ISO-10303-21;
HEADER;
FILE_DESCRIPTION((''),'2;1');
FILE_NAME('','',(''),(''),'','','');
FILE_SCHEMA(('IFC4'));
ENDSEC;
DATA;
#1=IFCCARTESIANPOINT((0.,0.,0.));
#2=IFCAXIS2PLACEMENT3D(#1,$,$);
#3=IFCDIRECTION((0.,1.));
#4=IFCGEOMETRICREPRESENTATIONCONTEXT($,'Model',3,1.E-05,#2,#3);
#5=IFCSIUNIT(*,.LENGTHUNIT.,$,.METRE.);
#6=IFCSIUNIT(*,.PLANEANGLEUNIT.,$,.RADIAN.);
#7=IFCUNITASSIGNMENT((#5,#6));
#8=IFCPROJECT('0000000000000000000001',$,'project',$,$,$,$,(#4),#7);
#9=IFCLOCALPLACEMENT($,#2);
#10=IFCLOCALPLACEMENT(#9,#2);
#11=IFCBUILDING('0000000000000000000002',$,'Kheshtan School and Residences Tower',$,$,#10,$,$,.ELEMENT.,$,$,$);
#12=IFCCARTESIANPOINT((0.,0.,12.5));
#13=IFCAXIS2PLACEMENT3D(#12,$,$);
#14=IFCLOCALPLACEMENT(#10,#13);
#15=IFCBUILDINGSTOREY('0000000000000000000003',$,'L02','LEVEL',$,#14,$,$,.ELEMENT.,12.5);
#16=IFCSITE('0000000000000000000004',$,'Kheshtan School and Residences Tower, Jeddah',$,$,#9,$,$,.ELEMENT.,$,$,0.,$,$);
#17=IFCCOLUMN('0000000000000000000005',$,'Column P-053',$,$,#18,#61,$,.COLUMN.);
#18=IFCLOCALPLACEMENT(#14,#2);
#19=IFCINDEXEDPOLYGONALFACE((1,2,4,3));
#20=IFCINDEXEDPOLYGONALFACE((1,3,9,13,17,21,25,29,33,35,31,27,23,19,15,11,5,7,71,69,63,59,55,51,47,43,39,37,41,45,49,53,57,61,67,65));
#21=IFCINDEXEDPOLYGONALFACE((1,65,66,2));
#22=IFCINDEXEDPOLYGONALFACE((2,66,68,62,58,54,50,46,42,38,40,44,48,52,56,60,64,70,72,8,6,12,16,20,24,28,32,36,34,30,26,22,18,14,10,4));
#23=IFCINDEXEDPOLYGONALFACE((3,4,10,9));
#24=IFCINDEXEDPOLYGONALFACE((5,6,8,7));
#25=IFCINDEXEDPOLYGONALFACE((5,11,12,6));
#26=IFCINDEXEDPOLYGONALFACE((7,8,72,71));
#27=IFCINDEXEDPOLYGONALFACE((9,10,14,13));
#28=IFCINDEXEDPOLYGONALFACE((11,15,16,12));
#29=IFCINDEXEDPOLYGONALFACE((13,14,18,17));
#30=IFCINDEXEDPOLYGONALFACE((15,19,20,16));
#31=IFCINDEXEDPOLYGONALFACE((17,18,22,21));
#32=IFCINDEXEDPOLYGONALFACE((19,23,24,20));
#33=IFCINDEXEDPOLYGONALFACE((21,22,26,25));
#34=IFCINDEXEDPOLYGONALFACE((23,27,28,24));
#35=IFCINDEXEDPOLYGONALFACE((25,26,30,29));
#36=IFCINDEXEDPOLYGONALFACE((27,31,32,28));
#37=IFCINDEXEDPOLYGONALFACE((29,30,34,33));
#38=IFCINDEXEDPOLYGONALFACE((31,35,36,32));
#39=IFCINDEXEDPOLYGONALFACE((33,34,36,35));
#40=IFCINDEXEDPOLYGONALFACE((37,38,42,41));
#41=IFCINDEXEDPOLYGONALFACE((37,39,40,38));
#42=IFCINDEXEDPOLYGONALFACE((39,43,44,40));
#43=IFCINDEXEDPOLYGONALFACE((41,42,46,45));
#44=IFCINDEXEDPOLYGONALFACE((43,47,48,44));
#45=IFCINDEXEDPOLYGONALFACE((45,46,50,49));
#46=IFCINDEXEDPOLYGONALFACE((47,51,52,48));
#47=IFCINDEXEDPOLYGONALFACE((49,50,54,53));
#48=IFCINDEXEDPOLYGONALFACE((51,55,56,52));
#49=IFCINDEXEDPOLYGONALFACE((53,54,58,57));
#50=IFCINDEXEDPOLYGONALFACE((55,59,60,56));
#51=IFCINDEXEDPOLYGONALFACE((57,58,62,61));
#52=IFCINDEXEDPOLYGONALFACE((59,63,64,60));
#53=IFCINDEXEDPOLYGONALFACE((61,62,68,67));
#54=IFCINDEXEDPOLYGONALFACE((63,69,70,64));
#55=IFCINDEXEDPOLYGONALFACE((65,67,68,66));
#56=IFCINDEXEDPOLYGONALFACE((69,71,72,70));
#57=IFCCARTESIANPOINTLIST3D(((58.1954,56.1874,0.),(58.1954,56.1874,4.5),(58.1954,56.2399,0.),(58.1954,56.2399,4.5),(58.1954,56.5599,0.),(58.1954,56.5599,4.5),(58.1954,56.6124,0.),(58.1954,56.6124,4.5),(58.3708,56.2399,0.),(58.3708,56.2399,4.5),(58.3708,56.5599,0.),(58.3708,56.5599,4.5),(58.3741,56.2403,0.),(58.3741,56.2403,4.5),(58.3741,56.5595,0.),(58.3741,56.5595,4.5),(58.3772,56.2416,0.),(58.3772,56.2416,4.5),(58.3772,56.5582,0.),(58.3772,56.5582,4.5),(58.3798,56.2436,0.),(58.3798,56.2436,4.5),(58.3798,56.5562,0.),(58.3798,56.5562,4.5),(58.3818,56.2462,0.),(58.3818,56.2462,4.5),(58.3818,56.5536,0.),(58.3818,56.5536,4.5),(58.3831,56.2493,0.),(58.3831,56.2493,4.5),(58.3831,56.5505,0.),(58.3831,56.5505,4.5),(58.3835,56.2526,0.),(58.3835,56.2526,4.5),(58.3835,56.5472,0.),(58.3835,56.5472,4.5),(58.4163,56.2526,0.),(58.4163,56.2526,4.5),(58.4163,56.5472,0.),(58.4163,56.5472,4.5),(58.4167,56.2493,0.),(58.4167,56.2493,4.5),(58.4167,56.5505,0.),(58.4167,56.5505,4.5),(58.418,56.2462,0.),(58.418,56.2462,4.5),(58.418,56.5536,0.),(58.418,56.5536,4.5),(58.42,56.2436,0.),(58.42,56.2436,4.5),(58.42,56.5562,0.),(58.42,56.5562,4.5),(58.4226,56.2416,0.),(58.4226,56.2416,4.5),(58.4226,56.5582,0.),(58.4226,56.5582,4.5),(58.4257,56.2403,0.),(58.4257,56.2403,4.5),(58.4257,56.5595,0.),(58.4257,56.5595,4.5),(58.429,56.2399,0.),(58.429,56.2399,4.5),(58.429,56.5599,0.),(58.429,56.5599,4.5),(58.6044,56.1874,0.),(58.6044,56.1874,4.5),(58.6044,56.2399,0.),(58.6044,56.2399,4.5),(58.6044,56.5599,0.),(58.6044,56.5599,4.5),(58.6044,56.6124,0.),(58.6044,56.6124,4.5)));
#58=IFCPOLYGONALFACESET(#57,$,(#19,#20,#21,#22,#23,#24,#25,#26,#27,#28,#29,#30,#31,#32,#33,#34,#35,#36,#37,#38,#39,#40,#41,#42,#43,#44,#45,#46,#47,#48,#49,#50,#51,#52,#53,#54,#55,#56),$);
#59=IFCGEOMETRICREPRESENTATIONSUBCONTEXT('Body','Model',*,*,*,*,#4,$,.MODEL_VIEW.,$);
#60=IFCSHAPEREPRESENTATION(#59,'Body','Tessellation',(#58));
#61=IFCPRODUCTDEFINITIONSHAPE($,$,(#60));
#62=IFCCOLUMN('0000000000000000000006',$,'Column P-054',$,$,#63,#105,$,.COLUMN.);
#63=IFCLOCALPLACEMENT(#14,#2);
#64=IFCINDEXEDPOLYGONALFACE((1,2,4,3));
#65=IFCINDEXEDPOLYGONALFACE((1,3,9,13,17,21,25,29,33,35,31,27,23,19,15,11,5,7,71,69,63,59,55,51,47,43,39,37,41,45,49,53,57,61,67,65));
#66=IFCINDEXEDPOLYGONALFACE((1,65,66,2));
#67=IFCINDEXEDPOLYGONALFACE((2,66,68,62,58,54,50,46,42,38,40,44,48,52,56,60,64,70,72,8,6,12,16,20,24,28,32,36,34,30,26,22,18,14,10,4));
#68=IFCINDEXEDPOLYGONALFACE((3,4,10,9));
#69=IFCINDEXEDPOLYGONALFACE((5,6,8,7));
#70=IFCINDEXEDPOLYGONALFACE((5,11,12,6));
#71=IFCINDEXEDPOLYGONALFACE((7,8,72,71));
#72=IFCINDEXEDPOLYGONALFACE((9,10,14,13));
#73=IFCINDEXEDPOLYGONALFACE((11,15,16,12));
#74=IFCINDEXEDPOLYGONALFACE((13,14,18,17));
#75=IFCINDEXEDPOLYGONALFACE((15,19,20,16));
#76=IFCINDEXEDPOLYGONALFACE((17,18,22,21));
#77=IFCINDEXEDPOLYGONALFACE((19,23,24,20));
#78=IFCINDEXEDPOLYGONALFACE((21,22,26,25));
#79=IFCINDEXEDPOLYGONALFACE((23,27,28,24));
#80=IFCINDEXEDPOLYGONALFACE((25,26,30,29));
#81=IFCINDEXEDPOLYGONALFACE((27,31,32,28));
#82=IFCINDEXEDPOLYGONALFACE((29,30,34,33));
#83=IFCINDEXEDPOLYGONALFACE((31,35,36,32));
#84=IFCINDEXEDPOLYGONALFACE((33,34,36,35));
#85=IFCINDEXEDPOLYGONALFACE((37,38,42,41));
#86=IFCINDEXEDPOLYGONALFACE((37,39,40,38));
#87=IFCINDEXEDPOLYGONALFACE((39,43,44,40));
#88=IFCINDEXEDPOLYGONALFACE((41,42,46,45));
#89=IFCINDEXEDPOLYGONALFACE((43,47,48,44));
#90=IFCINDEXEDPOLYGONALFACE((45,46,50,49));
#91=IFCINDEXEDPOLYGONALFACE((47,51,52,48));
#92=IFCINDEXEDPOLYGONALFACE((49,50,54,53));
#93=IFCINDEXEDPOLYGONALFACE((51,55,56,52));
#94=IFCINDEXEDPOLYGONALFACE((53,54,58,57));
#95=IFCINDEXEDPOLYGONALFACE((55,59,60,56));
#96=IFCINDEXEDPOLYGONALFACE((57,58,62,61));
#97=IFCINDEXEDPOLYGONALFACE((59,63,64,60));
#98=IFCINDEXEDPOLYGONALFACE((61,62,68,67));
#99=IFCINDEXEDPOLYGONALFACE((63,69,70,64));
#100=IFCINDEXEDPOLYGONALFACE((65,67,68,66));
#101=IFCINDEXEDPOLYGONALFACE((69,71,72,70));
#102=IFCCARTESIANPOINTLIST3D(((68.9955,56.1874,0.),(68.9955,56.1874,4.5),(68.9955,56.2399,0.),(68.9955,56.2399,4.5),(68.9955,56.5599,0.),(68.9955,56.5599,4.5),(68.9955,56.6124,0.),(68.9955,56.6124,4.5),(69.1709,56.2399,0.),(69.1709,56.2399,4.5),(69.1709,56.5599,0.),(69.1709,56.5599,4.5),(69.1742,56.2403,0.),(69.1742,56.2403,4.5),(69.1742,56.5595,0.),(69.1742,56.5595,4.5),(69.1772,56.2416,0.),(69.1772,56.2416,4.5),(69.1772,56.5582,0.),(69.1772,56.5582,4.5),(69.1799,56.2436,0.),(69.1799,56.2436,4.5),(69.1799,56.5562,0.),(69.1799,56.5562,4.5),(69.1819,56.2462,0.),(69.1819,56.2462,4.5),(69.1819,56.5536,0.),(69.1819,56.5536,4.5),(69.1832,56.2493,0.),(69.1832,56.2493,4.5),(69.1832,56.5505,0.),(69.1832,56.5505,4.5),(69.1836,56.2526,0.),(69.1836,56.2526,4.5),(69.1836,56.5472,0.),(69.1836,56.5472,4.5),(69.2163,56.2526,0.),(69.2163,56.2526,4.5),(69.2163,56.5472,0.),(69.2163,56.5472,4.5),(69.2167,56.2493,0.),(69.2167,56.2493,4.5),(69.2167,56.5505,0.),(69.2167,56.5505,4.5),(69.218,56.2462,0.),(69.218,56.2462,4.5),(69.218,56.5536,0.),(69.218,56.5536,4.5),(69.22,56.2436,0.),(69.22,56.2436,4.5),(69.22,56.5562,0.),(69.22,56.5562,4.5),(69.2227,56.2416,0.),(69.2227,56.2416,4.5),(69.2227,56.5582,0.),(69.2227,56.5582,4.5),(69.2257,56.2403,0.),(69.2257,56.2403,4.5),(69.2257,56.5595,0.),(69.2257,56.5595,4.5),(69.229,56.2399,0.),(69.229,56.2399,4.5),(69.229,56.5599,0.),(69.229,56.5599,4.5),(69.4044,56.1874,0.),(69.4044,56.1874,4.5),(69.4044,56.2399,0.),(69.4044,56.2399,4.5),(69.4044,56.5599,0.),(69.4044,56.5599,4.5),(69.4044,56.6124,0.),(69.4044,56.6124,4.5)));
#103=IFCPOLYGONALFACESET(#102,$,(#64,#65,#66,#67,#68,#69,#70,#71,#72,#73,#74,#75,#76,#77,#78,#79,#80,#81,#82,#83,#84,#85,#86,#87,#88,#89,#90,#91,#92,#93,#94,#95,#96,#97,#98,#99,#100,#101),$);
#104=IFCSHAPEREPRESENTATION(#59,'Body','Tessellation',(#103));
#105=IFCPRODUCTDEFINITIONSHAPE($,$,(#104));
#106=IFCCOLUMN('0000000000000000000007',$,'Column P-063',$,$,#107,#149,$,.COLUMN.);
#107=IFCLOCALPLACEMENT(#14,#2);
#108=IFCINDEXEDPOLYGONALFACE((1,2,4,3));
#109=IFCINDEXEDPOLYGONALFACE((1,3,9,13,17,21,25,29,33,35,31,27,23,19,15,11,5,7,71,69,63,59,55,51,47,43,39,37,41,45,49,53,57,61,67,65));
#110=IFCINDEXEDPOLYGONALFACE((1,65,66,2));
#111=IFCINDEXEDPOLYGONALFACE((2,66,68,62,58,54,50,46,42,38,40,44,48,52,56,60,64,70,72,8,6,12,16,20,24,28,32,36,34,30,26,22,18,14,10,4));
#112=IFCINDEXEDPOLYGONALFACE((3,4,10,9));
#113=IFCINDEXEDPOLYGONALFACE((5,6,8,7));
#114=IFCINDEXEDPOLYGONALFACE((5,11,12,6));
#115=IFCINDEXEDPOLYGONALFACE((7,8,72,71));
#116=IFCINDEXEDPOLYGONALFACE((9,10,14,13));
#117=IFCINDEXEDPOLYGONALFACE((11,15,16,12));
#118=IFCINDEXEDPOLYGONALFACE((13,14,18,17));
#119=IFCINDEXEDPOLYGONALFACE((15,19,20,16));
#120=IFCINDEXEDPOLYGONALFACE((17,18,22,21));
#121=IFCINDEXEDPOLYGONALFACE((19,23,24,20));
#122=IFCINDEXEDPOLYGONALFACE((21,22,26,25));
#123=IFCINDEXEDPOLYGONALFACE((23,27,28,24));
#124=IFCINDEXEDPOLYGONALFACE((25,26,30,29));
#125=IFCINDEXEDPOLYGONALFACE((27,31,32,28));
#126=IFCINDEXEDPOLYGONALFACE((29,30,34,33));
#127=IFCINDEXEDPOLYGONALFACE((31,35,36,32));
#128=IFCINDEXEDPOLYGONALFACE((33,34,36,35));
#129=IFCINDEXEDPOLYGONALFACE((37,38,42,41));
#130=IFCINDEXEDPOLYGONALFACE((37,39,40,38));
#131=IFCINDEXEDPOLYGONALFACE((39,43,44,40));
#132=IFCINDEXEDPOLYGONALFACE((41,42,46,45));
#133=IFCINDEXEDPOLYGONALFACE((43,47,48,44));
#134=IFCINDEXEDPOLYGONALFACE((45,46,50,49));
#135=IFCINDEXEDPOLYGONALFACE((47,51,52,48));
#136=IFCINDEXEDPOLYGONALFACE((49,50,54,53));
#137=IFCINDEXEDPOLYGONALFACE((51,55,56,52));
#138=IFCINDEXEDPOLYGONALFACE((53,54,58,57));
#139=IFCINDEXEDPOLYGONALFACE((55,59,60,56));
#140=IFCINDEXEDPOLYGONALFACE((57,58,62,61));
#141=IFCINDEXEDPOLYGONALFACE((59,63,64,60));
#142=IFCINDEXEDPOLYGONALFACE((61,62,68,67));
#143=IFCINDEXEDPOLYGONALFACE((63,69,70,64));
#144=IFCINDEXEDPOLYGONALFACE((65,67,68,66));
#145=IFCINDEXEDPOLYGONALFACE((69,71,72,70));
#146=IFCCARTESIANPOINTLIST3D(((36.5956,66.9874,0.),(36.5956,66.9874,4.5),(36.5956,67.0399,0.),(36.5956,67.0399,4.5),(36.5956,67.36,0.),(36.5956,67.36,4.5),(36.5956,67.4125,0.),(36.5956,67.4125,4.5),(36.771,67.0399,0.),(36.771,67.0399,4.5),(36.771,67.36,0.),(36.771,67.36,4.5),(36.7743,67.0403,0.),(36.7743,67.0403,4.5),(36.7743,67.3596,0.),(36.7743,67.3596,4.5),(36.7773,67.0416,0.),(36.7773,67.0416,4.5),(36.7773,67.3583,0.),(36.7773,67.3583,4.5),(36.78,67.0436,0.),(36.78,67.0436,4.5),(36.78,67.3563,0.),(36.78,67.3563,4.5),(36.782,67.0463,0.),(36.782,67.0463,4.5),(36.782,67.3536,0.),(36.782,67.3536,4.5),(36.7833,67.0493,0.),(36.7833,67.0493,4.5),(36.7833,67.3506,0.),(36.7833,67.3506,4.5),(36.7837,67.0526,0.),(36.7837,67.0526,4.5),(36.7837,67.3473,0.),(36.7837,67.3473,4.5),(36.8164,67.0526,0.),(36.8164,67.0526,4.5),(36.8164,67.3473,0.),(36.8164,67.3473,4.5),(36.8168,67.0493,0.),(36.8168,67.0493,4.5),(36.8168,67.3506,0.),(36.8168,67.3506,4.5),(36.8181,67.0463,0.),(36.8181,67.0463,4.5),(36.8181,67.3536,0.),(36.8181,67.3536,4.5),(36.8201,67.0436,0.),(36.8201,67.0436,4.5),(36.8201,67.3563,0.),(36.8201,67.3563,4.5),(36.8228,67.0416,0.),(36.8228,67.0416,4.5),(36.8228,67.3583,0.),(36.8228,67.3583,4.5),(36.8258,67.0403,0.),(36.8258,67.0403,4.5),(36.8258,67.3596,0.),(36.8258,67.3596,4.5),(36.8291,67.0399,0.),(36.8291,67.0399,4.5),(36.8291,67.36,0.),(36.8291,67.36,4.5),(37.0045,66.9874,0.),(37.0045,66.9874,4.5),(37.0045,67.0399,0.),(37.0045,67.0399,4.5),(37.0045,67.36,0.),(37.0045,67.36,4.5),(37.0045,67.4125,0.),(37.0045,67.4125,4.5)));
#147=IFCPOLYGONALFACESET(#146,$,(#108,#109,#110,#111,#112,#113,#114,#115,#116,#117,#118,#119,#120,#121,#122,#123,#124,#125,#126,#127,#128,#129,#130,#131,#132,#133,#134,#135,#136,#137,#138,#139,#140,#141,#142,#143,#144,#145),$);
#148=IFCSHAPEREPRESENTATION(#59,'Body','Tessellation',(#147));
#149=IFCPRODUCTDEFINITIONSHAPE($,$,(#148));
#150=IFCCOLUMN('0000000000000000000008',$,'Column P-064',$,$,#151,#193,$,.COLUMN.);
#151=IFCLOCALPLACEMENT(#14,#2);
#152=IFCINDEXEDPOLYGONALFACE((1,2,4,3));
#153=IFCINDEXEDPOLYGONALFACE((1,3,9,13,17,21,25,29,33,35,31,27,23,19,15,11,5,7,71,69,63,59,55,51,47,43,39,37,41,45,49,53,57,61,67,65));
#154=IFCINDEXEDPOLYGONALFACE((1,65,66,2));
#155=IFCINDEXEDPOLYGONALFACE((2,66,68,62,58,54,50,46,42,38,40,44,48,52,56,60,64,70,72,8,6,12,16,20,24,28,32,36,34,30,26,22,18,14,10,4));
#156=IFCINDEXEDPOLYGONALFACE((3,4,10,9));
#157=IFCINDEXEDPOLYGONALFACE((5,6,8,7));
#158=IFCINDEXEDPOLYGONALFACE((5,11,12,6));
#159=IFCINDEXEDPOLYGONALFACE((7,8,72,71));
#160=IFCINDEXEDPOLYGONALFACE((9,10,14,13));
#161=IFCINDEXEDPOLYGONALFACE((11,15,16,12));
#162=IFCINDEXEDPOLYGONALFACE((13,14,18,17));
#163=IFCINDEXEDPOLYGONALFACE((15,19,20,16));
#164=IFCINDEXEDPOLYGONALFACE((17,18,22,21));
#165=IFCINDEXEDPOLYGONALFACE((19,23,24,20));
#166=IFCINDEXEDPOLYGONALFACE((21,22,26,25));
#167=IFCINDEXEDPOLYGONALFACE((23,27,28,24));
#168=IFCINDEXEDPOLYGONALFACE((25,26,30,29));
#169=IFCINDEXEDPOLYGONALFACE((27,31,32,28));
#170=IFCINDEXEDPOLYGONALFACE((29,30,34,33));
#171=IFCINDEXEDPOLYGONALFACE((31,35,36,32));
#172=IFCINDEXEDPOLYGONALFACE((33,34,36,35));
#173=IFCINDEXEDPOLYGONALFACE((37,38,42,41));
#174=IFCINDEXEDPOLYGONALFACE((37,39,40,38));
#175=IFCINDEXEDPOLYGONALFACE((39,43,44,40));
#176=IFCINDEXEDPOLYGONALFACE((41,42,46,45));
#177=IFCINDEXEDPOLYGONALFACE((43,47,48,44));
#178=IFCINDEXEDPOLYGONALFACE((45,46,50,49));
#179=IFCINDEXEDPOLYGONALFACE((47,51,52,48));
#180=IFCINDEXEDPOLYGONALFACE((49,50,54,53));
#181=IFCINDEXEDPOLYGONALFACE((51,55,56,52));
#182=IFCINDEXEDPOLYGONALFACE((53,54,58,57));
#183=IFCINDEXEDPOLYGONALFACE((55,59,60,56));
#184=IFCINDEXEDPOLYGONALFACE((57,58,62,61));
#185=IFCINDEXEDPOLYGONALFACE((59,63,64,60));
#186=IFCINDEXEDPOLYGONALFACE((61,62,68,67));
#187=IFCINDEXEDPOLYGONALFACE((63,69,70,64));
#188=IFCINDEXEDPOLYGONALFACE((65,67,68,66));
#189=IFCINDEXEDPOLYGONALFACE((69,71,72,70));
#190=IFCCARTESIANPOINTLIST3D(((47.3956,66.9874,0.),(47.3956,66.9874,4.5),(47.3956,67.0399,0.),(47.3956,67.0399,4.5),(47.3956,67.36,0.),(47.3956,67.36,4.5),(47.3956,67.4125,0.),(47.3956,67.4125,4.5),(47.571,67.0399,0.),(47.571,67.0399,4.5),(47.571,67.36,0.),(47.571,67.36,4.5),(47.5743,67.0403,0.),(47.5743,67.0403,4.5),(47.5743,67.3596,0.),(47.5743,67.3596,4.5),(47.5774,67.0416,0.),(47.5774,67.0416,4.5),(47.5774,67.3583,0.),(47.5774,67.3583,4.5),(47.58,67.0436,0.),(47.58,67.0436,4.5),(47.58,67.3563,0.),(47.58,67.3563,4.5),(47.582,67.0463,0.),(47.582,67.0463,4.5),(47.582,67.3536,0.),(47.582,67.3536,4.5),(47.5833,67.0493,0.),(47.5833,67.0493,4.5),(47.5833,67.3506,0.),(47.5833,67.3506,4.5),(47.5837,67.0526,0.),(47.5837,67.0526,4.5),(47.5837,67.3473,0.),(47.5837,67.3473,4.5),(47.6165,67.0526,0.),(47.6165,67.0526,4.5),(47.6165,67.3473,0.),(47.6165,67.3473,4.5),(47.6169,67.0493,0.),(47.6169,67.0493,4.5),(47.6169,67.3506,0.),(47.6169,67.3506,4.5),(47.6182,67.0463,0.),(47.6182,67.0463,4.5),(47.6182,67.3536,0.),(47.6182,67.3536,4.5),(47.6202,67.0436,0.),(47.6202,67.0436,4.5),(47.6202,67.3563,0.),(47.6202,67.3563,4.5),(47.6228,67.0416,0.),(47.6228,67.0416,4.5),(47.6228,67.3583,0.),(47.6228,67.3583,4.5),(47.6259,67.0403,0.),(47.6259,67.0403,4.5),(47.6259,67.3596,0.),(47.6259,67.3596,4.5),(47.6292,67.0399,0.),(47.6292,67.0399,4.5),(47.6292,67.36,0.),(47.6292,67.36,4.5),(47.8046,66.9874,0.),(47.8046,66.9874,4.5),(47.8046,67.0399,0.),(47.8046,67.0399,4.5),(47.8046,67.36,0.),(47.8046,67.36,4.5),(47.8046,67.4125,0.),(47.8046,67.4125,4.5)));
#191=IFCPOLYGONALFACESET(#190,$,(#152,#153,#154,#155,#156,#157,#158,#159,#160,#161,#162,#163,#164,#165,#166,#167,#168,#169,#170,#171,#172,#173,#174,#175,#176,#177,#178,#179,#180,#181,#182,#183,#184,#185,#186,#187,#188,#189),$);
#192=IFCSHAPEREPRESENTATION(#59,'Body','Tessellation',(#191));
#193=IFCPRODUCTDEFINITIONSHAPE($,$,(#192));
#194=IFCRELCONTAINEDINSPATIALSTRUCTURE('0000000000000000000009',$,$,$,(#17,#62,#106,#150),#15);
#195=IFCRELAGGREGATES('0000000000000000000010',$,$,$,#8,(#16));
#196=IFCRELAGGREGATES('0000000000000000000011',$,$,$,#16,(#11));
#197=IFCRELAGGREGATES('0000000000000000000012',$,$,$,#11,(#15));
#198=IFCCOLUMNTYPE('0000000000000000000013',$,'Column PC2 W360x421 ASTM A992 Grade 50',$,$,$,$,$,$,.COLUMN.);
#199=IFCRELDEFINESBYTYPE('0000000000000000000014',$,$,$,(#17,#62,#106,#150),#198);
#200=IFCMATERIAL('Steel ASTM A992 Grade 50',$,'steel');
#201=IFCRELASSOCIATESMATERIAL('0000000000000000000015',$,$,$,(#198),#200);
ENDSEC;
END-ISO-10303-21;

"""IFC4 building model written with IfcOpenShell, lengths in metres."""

from ifc_helpers import new_model, si_unit, direction, frame, origin, origin_2d, place, context, subcontext, project, spatial, i_section, extrude, material, material_profile, profile_set, type_object, element, save


model = new_model("IFC4")

# Units and contexts
model_context = context("Model", 3, precision=1e-05, world=origin(), true_north=direction((0.0, 1.0)))
body_context = subcontext(model_context, "Body", "Model", "MODEL_VIEW")
ifc_project = project(units=[si_unit("LENGTHUNIT", "METRE"), si_unit("PLANEANGLEUNIT", "RADIAN")], contexts=[model_context])

# Site, building, storey
site_placement = place(None, origin())
site = spatial("IfcSite", under=ifc_project, at=site_placement, Name="Kheshtan School and Residences Tower, Jeddah", CompositionType="ELEMENT", RefElevation=0.0)
building_placement = place(site_placement, origin())
building = spatial("IfcBuilding", under=site, at=building_placement, Name="Kheshtan School and Residences Tower", CompositionType="ELEMENT")
storey_placement = place(building_placement, frame((0.0, 0.0, 12.5)))
storey = spatial("IfcBuildingStorey", under=building, at=storey_placement, Name="L02", Description="LEVEL", CompositionType="ELEMENT", Elevation=12.5)

# Columns
ifc_material_1 = material(Name="Steel ASTM A992 Grade 50", Category="steel")
ifc_material_profile = material_profile(ifc_material_1, i_section(OverallWidth=0.4089, OverallDepth=0.425, WebThickness=0.0327, FlangeThickness=0.0525, FilletRadius=0.0127, at=origin_2d()), Name="W360x421")
ifc_profile_set = profile_set([ifc_material_profile], Name="Steel ASTM A992 Grade 50")
column_type = type_object("IfcColumnType", Name="Column PC2 W360x421 ASTM A992 Grade 50", PredefinedType="COLUMN", material=ifc_profile_set)
for number, where, z_axis, x_axis, name in (
    (1, (58.3999, 56.3999, 0.0), (0.0, 0.0, 1.0), (1.0, 0.0, 0.0), "Column P-053"),
    (2, (69.2, 56.3999, 0.0), (0.0, 0.0, 1.0), (1.0, 0.0, 0.0), "Column P-054"),
    (3, (36.8, 67.2, 0.0), (0.0, 0.0, 1.0), (1.0, 0.0, 0.0), "Column P-063"),
    (4, (47.6001, 67.2, 0.0), (0.0, 0.0, 1.0), (1.0, 0.0, 0.0), "Column P-064"),
):
    element("IfcColumn", number, at=place(storey_placement, frame(where, z_axis=z_axis, x_axis=x_axis)), inside=storey, type_object=column_type, Name=name, PredefinedType="COLUMN", context=body_context, shape_type="SweptSolid", body=[
        extrude(i_section(OverallWidth=0.4089, OverallDepth=0.425, WebThickness=0.0327, FlangeThickness=0.0525, FilletRadius=0.0127, at=origin_2d()), origin(), (0.0, 0.0, 1.0), 4.5),
    ])

save(model, "model.ifc")
